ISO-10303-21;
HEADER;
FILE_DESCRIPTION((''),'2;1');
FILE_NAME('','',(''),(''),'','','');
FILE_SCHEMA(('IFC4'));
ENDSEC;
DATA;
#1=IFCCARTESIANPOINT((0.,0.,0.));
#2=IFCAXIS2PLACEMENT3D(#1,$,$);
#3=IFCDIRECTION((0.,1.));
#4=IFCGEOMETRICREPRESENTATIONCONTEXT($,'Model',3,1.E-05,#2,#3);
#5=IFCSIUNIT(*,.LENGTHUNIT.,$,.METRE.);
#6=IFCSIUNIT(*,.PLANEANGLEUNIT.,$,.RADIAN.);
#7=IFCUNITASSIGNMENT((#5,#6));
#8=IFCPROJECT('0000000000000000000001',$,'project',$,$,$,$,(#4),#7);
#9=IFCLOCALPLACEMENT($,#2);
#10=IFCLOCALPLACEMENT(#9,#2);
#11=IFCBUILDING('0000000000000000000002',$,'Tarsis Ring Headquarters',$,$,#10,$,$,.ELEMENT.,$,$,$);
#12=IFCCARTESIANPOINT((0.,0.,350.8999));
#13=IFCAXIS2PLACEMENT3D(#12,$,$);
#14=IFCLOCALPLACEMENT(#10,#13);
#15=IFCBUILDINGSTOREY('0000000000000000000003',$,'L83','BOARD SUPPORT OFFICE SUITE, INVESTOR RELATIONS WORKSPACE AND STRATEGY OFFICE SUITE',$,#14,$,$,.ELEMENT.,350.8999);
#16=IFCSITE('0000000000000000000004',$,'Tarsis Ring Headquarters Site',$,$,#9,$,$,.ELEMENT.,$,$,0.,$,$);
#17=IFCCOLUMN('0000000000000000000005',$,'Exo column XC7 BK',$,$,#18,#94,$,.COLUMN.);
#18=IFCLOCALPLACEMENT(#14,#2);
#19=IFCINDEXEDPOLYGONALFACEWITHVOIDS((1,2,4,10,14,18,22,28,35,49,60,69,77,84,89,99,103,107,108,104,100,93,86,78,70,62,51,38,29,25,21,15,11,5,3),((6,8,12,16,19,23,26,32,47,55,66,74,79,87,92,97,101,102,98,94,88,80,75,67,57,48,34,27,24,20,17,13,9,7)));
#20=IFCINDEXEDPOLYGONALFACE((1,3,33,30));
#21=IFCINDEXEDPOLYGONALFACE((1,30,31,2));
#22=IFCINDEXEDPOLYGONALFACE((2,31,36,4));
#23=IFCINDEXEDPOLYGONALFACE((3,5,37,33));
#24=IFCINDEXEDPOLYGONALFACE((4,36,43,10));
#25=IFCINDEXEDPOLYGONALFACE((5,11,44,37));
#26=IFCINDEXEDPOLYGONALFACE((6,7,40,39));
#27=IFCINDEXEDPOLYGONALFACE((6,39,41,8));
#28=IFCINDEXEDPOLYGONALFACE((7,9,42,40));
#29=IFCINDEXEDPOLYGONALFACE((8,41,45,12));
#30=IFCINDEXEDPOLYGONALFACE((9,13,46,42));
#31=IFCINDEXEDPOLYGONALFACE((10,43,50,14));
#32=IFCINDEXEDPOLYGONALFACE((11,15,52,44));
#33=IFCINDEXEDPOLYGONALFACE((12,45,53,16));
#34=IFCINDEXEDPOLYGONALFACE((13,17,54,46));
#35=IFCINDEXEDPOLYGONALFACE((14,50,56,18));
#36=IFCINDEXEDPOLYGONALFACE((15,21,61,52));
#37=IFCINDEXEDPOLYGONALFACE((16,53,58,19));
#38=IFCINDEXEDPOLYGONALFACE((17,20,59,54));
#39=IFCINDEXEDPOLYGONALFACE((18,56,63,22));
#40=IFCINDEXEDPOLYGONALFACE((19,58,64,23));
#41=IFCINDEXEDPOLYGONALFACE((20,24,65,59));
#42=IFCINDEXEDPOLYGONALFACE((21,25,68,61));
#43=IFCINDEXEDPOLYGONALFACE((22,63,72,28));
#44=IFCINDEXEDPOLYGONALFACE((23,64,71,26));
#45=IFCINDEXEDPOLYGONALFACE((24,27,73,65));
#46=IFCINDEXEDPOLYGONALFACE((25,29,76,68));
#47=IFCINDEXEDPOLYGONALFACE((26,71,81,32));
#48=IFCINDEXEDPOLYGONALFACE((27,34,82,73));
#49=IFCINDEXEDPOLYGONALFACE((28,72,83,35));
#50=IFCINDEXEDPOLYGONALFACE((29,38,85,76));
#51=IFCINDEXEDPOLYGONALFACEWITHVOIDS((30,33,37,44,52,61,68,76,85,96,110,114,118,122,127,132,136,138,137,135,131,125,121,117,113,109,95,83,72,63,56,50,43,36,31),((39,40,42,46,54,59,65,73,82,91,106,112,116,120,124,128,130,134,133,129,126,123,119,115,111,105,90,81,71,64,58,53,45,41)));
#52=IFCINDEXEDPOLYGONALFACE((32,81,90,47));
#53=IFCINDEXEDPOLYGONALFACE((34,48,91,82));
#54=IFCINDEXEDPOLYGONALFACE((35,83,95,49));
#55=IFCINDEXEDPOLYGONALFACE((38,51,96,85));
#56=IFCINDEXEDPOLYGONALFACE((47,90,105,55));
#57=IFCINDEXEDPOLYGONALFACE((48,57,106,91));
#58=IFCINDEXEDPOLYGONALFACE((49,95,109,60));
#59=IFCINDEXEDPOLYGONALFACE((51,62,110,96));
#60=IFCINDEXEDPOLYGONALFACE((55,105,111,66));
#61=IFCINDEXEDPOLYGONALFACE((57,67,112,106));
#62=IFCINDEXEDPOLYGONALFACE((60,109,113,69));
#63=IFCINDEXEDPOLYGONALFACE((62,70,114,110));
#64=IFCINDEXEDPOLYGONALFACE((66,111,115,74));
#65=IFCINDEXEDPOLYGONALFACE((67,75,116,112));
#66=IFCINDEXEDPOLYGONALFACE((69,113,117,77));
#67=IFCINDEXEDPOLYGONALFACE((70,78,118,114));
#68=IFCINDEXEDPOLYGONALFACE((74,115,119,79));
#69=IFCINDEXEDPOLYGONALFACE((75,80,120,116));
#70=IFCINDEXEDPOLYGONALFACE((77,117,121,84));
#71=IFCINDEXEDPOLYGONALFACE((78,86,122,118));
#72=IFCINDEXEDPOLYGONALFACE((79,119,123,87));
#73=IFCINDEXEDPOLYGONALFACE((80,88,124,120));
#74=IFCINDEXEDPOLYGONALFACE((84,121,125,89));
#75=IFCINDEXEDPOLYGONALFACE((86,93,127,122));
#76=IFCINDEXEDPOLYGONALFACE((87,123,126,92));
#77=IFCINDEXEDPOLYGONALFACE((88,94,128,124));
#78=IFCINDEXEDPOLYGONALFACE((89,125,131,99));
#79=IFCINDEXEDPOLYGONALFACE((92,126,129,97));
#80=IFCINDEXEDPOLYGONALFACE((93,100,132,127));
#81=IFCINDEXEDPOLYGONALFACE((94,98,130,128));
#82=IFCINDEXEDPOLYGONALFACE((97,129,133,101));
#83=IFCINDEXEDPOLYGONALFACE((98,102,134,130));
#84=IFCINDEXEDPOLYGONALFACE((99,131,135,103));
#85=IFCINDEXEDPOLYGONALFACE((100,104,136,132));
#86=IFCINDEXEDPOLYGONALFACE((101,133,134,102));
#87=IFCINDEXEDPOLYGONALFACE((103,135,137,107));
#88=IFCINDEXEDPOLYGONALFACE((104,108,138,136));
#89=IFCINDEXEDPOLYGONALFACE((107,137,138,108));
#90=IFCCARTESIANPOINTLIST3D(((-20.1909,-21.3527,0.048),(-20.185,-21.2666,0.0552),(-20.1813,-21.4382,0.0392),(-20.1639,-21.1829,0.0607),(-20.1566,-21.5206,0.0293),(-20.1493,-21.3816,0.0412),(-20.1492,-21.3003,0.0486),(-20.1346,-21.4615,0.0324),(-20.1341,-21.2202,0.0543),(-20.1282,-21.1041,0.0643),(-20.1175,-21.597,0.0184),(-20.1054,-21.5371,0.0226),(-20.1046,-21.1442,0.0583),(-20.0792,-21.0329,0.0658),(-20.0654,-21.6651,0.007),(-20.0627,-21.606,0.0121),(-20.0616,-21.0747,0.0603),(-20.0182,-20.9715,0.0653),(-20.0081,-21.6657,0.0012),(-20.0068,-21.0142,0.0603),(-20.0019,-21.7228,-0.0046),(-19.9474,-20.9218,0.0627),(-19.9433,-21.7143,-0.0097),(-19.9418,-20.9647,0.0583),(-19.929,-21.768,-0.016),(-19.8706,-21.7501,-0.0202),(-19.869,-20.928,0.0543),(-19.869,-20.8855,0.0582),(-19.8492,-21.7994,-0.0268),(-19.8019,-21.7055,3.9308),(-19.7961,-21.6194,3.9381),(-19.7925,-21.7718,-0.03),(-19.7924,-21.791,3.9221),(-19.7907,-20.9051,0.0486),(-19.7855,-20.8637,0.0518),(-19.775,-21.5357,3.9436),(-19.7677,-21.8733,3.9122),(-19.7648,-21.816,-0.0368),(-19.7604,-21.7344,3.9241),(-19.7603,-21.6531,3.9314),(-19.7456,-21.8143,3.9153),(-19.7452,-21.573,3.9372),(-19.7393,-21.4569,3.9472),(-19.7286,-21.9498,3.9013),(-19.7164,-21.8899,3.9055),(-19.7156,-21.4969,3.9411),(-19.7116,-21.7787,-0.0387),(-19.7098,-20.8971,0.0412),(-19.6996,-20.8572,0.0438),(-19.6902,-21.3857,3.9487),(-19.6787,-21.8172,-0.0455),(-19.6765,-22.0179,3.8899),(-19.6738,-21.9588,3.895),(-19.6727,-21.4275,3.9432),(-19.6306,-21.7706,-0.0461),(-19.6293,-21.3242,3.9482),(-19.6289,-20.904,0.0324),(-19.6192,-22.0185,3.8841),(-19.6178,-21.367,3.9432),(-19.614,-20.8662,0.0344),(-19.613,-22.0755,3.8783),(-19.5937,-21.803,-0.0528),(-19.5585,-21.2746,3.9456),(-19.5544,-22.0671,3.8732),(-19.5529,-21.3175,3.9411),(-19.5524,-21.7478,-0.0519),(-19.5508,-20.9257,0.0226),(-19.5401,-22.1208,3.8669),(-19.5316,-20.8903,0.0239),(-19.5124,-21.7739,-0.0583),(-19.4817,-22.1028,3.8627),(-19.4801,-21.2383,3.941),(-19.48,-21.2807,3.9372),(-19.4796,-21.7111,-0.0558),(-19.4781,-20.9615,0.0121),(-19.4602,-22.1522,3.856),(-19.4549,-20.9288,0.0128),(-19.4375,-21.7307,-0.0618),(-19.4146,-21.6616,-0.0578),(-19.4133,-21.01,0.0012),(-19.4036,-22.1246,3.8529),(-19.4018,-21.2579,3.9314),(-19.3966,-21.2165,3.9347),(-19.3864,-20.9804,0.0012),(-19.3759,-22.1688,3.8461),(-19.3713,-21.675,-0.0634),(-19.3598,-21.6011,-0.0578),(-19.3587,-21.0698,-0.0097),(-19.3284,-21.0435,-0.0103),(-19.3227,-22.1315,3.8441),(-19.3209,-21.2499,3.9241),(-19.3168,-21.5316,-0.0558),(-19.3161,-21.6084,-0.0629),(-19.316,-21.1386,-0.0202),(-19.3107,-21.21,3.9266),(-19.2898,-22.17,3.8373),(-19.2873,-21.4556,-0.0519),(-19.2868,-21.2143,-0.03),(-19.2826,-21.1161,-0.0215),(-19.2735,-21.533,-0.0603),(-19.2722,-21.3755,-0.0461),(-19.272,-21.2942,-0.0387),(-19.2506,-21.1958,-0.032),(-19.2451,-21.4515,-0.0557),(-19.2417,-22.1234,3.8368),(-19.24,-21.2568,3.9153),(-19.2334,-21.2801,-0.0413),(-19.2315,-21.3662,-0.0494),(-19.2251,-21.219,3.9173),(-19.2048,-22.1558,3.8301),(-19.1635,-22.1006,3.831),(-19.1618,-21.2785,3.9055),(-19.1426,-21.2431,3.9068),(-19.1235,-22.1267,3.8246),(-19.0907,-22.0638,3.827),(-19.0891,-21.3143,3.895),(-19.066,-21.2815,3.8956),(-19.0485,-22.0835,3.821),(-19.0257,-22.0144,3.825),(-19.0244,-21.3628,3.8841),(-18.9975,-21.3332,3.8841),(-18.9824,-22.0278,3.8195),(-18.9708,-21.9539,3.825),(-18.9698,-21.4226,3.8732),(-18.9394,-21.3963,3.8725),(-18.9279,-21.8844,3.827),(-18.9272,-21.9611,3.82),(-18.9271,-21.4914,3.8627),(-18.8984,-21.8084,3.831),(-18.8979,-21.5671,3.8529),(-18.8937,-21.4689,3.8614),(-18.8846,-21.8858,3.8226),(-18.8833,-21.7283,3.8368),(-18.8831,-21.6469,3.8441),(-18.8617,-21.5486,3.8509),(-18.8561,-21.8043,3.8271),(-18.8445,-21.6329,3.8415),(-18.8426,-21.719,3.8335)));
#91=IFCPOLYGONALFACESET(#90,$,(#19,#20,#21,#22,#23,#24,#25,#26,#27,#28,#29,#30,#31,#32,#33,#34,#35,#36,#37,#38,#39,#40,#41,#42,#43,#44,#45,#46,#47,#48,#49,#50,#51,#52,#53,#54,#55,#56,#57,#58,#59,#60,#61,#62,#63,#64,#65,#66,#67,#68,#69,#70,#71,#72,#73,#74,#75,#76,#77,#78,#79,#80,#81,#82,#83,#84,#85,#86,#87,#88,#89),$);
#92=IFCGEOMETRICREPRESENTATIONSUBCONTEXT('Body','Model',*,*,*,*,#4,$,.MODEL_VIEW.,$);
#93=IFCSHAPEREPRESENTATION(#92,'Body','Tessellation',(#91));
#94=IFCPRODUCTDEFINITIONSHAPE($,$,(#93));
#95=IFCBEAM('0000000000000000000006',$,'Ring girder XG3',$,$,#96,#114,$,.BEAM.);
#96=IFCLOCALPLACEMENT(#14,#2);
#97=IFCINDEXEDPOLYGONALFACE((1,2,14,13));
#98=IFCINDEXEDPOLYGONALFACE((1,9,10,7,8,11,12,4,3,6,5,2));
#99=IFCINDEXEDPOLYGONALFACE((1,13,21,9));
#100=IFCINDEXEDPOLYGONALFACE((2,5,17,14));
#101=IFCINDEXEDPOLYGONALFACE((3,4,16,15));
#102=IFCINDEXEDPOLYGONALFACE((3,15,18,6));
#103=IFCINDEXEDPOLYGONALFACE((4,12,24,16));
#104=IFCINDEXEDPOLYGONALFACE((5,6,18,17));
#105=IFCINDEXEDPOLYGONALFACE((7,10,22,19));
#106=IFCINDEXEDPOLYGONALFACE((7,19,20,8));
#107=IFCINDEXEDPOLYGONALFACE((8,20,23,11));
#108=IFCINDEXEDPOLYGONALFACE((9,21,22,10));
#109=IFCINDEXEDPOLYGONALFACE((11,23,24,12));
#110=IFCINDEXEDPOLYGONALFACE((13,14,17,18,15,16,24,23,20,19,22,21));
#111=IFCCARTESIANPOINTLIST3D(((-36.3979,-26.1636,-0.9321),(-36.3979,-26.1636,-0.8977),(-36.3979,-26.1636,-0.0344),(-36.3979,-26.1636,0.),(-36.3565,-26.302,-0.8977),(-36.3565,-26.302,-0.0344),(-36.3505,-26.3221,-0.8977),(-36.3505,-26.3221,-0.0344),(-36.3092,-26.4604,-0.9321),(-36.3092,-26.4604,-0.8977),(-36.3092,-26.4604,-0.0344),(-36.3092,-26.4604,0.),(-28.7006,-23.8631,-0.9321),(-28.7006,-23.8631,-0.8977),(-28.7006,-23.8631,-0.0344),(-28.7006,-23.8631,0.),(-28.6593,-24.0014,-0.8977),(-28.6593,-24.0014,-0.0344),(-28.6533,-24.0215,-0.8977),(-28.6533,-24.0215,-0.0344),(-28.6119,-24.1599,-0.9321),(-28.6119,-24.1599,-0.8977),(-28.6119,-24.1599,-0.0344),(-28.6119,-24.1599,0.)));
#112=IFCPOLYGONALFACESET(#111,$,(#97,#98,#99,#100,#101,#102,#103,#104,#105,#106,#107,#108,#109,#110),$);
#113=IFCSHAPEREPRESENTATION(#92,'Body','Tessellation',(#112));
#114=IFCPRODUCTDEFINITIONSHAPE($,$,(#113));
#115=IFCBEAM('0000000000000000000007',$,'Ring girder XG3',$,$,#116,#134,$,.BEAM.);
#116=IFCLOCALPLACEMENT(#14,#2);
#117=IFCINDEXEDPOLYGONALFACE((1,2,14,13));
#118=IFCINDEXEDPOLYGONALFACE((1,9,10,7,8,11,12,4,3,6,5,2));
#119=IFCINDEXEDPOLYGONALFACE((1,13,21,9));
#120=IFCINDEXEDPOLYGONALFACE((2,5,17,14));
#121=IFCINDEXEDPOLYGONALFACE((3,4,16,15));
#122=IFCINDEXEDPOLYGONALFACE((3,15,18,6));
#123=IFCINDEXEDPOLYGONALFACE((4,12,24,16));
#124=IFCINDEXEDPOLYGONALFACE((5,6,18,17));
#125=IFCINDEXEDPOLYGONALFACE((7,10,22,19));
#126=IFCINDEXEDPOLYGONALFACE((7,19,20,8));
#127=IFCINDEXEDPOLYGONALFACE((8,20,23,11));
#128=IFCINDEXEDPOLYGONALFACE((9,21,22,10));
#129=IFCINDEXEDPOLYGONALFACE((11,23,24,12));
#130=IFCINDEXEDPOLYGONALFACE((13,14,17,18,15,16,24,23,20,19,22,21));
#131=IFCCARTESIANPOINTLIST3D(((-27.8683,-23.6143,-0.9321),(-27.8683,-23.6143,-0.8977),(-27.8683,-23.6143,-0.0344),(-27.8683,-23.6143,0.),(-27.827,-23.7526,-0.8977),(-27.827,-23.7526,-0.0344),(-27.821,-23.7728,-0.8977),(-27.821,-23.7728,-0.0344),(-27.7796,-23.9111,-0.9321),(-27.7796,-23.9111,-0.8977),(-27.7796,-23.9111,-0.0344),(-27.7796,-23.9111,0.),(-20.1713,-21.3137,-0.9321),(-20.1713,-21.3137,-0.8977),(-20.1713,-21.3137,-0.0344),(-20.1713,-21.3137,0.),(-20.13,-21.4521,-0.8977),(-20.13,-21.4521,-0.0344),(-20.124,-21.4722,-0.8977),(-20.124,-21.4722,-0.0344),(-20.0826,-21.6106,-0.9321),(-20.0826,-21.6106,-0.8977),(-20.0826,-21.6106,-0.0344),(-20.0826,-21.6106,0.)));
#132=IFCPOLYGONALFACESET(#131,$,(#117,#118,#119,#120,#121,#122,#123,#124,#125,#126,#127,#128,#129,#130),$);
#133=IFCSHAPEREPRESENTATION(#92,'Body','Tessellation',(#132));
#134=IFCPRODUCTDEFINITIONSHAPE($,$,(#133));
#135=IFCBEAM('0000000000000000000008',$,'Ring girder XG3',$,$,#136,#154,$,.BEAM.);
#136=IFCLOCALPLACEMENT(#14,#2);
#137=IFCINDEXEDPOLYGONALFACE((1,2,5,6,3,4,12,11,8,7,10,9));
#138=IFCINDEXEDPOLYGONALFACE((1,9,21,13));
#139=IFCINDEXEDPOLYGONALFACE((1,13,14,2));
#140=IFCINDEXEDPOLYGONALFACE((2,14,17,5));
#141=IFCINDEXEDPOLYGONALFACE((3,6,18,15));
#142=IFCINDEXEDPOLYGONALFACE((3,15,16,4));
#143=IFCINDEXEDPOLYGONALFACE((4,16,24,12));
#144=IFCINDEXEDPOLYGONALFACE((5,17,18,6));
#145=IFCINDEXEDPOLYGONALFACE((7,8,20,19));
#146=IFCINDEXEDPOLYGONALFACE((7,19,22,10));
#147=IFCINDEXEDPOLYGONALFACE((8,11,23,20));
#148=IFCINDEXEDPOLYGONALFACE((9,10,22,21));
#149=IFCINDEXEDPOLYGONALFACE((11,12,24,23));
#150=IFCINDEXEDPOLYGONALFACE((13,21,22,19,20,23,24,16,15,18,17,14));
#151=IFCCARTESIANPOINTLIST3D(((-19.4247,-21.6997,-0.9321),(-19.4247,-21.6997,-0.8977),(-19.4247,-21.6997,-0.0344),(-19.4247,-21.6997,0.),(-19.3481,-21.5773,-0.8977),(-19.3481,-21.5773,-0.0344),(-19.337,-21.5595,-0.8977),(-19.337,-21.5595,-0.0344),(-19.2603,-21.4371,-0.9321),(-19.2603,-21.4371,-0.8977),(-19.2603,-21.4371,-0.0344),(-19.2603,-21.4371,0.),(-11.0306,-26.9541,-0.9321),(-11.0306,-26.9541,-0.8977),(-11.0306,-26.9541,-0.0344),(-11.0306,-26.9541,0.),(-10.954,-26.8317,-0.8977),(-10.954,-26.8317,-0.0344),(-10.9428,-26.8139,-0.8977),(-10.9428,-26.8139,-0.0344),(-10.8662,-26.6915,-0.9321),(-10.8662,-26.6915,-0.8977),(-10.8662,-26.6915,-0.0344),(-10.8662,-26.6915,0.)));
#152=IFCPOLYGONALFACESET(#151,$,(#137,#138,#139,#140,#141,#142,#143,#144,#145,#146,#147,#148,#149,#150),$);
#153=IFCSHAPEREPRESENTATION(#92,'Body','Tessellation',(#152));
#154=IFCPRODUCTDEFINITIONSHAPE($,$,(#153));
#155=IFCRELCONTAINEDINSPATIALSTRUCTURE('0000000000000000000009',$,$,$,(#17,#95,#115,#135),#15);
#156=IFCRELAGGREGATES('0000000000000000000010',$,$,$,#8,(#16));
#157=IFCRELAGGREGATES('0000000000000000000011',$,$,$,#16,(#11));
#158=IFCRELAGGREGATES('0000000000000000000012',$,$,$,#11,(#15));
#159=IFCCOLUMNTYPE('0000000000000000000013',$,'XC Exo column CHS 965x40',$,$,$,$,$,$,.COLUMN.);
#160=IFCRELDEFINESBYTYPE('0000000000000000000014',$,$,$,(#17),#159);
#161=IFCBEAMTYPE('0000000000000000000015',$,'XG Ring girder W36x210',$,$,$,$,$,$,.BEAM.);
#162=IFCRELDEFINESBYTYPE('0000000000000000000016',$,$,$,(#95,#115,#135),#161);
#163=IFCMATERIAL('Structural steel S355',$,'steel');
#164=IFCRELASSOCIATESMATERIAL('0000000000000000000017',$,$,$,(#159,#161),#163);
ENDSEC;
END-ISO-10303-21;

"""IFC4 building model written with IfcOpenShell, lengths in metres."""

from ifc_helpers import new_model, si_unit, direction, frame, origin, origin_2d, place, context, subcontext, project, spatial, hollow_circle, i_section, extrude, material, material_profile, profile_set, type_object, element, save


model = new_model("IFC4")

# Units and contexts
model_context = context("Model", 3, precision=1e-05, world=origin(), true_north=direction((0.0, 1.0)))
body_context = subcontext(model_context, "Body", "Model", "MODEL_VIEW")
ifc_project = project(units=[si_unit("LENGTHUNIT", "METRE"), si_unit("PLANEANGLEUNIT", "RADIAN")], contexts=[model_context])

# Site, building, storey
site_placement = place(None, origin())
site = spatial("IfcSite", under=ifc_project, at=site_placement, Name="Tarsis Ring Headquarters Site", CompositionType="ELEMENT", RefElevation=0.0)
building_placement = place(site_placement, origin())
building = spatial("IfcBuilding", under=site, at=building_placement, Name="Tarsis Ring Headquarters", CompositionType="ELEMENT")
storey_placement = place(building_placement, frame((0.0, 0.0, 350.8999)))
storey = spatial("IfcBuildingStorey", under=building, at=storey_placement, Name="L83", Description="BOARD SUPPORT OFFICE SUITE, INVESTOR RELATIONS WORKSPACE AND STRATEGY OFFICE SUITE", CompositionType="ELEMENT", Elevation=350.8999)

# Column
ifc_material_1 = material(Name="Structural steel S355", Category="steel")
ifc_material_profile_1 = material_profile(ifc_material_1, hollow_circle(Radius=0.4827, WallThickness=0.04, at=origin_2d()), Name="CHS 965x40")
ifc_profile_set_1 = profile_set([ifc_material_profile_1], Name="Structural steel S355")
column_type = type_object("IfcColumnType", Name="XC Exo column CHS 965x40", PredefinedType="COLUMN", material=ifc_profile_set_1)
column_1_placement = place(storey_placement, frame((-19.7107, -21.3379, 0.0012), z_axis=(0.09926, -0.090038, 0.99098), x_axis=(0.671862, 0.740676, 0.0)))
element("IfcColumn", 1, at=column_1_placement, inside=storey, type_object=column_type, Name="Exo column XC7 BK", PredefinedType="COLUMN", context=body_context, shape_type="SweptSolid", body=[
    extrude(hollow_circle(Radius=0.4827, WallThickness=0.04, at=origin_2d()), origin(), (0.0, 0.0, 1.0), 3.9182),
])

# Beams
ifc_material_profile_2 = material_profile(ifc_material_1, i_section(OverallWidth=0.3098, OverallDepth=0.9321, WebThickness=0.021, FlangeThickness=0.0344, at=origin_2d()), Name="W36x210")
ifc_profile_set_2 = profile_set([ifc_material_profile_2], Name="Structural steel S355")
beam_type = type_object("IfcBeamType", Name="XG Ring girder W36x210", PredefinedType="BEAM", material=ifc_profile_set_2)
beam_1_placement = place(storey_placement, frame((-36.3535, -26.312, -0.4661), z_axis=(0.958122, 0.286361, 0.0), x_axis=(-0.286361, 0.958122, 0.0)))
element("IfcBeam", 2, at=beam_1_placement, inside=storey, type_object=beam_type, Name="Ring girder XG3", PredefinedType="BEAM", context=body_context, shape_type="SweptSolid", body=[
    extrude(i_section(OverallWidth=0.3098, OverallDepth=0.9321, WebThickness=0.021, FlangeThickness=0.0344, at=origin_2d()), origin(), (0.0, 0.0, 1.0), 8.0337),
])
beam_2_placement = place(storey_placement, frame((-27.824, -23.7627, -0.4661), z_axis=(0.958119, 0.286369, 0.0), x_axis=(-0.286369, 0.958119, 0.0)))
element("IfcBeam", 3, at=beam_2_placement, inside=storey, type_object=beam_type, Name="Ring girder XG3", PredefinedType="BEAM", context=body_context, shape_type="SweptSolid", body=[
    extrude(i_section(OverallWidth=0.3098, OverallDepth=0.9321, WebThickness=0.021, FlangeThickness=0.0344, at=origin_2d()), origin(), (0.0, 0.0, 1.0), 8.0334),
])
beam_3_placement = place(storey_placement, frame((-19.3425, -21.5684, -0.4661), z_axis=(0.84763, -0.530588, 0.0), x_axis=(0.530588, 0.84763, 0.0)))
element("IfcBeam", 4, at=beam_3_placement, inside=storey, type_object=beam_type, Name="Ring girder XG3", PredefinedType="BEAM", context=body_context, shape_type="SweptSolid", body=[
    extrude(i_section(OverallWidth=0.3098, OverallDepth=0.9321, WebThickness=0.021, FlangeThickness=0.0344, at=origin_2d()), origin(), (0.0, 0.0, 1.0), 9.9031),
])

save(model, "model.ifc")
